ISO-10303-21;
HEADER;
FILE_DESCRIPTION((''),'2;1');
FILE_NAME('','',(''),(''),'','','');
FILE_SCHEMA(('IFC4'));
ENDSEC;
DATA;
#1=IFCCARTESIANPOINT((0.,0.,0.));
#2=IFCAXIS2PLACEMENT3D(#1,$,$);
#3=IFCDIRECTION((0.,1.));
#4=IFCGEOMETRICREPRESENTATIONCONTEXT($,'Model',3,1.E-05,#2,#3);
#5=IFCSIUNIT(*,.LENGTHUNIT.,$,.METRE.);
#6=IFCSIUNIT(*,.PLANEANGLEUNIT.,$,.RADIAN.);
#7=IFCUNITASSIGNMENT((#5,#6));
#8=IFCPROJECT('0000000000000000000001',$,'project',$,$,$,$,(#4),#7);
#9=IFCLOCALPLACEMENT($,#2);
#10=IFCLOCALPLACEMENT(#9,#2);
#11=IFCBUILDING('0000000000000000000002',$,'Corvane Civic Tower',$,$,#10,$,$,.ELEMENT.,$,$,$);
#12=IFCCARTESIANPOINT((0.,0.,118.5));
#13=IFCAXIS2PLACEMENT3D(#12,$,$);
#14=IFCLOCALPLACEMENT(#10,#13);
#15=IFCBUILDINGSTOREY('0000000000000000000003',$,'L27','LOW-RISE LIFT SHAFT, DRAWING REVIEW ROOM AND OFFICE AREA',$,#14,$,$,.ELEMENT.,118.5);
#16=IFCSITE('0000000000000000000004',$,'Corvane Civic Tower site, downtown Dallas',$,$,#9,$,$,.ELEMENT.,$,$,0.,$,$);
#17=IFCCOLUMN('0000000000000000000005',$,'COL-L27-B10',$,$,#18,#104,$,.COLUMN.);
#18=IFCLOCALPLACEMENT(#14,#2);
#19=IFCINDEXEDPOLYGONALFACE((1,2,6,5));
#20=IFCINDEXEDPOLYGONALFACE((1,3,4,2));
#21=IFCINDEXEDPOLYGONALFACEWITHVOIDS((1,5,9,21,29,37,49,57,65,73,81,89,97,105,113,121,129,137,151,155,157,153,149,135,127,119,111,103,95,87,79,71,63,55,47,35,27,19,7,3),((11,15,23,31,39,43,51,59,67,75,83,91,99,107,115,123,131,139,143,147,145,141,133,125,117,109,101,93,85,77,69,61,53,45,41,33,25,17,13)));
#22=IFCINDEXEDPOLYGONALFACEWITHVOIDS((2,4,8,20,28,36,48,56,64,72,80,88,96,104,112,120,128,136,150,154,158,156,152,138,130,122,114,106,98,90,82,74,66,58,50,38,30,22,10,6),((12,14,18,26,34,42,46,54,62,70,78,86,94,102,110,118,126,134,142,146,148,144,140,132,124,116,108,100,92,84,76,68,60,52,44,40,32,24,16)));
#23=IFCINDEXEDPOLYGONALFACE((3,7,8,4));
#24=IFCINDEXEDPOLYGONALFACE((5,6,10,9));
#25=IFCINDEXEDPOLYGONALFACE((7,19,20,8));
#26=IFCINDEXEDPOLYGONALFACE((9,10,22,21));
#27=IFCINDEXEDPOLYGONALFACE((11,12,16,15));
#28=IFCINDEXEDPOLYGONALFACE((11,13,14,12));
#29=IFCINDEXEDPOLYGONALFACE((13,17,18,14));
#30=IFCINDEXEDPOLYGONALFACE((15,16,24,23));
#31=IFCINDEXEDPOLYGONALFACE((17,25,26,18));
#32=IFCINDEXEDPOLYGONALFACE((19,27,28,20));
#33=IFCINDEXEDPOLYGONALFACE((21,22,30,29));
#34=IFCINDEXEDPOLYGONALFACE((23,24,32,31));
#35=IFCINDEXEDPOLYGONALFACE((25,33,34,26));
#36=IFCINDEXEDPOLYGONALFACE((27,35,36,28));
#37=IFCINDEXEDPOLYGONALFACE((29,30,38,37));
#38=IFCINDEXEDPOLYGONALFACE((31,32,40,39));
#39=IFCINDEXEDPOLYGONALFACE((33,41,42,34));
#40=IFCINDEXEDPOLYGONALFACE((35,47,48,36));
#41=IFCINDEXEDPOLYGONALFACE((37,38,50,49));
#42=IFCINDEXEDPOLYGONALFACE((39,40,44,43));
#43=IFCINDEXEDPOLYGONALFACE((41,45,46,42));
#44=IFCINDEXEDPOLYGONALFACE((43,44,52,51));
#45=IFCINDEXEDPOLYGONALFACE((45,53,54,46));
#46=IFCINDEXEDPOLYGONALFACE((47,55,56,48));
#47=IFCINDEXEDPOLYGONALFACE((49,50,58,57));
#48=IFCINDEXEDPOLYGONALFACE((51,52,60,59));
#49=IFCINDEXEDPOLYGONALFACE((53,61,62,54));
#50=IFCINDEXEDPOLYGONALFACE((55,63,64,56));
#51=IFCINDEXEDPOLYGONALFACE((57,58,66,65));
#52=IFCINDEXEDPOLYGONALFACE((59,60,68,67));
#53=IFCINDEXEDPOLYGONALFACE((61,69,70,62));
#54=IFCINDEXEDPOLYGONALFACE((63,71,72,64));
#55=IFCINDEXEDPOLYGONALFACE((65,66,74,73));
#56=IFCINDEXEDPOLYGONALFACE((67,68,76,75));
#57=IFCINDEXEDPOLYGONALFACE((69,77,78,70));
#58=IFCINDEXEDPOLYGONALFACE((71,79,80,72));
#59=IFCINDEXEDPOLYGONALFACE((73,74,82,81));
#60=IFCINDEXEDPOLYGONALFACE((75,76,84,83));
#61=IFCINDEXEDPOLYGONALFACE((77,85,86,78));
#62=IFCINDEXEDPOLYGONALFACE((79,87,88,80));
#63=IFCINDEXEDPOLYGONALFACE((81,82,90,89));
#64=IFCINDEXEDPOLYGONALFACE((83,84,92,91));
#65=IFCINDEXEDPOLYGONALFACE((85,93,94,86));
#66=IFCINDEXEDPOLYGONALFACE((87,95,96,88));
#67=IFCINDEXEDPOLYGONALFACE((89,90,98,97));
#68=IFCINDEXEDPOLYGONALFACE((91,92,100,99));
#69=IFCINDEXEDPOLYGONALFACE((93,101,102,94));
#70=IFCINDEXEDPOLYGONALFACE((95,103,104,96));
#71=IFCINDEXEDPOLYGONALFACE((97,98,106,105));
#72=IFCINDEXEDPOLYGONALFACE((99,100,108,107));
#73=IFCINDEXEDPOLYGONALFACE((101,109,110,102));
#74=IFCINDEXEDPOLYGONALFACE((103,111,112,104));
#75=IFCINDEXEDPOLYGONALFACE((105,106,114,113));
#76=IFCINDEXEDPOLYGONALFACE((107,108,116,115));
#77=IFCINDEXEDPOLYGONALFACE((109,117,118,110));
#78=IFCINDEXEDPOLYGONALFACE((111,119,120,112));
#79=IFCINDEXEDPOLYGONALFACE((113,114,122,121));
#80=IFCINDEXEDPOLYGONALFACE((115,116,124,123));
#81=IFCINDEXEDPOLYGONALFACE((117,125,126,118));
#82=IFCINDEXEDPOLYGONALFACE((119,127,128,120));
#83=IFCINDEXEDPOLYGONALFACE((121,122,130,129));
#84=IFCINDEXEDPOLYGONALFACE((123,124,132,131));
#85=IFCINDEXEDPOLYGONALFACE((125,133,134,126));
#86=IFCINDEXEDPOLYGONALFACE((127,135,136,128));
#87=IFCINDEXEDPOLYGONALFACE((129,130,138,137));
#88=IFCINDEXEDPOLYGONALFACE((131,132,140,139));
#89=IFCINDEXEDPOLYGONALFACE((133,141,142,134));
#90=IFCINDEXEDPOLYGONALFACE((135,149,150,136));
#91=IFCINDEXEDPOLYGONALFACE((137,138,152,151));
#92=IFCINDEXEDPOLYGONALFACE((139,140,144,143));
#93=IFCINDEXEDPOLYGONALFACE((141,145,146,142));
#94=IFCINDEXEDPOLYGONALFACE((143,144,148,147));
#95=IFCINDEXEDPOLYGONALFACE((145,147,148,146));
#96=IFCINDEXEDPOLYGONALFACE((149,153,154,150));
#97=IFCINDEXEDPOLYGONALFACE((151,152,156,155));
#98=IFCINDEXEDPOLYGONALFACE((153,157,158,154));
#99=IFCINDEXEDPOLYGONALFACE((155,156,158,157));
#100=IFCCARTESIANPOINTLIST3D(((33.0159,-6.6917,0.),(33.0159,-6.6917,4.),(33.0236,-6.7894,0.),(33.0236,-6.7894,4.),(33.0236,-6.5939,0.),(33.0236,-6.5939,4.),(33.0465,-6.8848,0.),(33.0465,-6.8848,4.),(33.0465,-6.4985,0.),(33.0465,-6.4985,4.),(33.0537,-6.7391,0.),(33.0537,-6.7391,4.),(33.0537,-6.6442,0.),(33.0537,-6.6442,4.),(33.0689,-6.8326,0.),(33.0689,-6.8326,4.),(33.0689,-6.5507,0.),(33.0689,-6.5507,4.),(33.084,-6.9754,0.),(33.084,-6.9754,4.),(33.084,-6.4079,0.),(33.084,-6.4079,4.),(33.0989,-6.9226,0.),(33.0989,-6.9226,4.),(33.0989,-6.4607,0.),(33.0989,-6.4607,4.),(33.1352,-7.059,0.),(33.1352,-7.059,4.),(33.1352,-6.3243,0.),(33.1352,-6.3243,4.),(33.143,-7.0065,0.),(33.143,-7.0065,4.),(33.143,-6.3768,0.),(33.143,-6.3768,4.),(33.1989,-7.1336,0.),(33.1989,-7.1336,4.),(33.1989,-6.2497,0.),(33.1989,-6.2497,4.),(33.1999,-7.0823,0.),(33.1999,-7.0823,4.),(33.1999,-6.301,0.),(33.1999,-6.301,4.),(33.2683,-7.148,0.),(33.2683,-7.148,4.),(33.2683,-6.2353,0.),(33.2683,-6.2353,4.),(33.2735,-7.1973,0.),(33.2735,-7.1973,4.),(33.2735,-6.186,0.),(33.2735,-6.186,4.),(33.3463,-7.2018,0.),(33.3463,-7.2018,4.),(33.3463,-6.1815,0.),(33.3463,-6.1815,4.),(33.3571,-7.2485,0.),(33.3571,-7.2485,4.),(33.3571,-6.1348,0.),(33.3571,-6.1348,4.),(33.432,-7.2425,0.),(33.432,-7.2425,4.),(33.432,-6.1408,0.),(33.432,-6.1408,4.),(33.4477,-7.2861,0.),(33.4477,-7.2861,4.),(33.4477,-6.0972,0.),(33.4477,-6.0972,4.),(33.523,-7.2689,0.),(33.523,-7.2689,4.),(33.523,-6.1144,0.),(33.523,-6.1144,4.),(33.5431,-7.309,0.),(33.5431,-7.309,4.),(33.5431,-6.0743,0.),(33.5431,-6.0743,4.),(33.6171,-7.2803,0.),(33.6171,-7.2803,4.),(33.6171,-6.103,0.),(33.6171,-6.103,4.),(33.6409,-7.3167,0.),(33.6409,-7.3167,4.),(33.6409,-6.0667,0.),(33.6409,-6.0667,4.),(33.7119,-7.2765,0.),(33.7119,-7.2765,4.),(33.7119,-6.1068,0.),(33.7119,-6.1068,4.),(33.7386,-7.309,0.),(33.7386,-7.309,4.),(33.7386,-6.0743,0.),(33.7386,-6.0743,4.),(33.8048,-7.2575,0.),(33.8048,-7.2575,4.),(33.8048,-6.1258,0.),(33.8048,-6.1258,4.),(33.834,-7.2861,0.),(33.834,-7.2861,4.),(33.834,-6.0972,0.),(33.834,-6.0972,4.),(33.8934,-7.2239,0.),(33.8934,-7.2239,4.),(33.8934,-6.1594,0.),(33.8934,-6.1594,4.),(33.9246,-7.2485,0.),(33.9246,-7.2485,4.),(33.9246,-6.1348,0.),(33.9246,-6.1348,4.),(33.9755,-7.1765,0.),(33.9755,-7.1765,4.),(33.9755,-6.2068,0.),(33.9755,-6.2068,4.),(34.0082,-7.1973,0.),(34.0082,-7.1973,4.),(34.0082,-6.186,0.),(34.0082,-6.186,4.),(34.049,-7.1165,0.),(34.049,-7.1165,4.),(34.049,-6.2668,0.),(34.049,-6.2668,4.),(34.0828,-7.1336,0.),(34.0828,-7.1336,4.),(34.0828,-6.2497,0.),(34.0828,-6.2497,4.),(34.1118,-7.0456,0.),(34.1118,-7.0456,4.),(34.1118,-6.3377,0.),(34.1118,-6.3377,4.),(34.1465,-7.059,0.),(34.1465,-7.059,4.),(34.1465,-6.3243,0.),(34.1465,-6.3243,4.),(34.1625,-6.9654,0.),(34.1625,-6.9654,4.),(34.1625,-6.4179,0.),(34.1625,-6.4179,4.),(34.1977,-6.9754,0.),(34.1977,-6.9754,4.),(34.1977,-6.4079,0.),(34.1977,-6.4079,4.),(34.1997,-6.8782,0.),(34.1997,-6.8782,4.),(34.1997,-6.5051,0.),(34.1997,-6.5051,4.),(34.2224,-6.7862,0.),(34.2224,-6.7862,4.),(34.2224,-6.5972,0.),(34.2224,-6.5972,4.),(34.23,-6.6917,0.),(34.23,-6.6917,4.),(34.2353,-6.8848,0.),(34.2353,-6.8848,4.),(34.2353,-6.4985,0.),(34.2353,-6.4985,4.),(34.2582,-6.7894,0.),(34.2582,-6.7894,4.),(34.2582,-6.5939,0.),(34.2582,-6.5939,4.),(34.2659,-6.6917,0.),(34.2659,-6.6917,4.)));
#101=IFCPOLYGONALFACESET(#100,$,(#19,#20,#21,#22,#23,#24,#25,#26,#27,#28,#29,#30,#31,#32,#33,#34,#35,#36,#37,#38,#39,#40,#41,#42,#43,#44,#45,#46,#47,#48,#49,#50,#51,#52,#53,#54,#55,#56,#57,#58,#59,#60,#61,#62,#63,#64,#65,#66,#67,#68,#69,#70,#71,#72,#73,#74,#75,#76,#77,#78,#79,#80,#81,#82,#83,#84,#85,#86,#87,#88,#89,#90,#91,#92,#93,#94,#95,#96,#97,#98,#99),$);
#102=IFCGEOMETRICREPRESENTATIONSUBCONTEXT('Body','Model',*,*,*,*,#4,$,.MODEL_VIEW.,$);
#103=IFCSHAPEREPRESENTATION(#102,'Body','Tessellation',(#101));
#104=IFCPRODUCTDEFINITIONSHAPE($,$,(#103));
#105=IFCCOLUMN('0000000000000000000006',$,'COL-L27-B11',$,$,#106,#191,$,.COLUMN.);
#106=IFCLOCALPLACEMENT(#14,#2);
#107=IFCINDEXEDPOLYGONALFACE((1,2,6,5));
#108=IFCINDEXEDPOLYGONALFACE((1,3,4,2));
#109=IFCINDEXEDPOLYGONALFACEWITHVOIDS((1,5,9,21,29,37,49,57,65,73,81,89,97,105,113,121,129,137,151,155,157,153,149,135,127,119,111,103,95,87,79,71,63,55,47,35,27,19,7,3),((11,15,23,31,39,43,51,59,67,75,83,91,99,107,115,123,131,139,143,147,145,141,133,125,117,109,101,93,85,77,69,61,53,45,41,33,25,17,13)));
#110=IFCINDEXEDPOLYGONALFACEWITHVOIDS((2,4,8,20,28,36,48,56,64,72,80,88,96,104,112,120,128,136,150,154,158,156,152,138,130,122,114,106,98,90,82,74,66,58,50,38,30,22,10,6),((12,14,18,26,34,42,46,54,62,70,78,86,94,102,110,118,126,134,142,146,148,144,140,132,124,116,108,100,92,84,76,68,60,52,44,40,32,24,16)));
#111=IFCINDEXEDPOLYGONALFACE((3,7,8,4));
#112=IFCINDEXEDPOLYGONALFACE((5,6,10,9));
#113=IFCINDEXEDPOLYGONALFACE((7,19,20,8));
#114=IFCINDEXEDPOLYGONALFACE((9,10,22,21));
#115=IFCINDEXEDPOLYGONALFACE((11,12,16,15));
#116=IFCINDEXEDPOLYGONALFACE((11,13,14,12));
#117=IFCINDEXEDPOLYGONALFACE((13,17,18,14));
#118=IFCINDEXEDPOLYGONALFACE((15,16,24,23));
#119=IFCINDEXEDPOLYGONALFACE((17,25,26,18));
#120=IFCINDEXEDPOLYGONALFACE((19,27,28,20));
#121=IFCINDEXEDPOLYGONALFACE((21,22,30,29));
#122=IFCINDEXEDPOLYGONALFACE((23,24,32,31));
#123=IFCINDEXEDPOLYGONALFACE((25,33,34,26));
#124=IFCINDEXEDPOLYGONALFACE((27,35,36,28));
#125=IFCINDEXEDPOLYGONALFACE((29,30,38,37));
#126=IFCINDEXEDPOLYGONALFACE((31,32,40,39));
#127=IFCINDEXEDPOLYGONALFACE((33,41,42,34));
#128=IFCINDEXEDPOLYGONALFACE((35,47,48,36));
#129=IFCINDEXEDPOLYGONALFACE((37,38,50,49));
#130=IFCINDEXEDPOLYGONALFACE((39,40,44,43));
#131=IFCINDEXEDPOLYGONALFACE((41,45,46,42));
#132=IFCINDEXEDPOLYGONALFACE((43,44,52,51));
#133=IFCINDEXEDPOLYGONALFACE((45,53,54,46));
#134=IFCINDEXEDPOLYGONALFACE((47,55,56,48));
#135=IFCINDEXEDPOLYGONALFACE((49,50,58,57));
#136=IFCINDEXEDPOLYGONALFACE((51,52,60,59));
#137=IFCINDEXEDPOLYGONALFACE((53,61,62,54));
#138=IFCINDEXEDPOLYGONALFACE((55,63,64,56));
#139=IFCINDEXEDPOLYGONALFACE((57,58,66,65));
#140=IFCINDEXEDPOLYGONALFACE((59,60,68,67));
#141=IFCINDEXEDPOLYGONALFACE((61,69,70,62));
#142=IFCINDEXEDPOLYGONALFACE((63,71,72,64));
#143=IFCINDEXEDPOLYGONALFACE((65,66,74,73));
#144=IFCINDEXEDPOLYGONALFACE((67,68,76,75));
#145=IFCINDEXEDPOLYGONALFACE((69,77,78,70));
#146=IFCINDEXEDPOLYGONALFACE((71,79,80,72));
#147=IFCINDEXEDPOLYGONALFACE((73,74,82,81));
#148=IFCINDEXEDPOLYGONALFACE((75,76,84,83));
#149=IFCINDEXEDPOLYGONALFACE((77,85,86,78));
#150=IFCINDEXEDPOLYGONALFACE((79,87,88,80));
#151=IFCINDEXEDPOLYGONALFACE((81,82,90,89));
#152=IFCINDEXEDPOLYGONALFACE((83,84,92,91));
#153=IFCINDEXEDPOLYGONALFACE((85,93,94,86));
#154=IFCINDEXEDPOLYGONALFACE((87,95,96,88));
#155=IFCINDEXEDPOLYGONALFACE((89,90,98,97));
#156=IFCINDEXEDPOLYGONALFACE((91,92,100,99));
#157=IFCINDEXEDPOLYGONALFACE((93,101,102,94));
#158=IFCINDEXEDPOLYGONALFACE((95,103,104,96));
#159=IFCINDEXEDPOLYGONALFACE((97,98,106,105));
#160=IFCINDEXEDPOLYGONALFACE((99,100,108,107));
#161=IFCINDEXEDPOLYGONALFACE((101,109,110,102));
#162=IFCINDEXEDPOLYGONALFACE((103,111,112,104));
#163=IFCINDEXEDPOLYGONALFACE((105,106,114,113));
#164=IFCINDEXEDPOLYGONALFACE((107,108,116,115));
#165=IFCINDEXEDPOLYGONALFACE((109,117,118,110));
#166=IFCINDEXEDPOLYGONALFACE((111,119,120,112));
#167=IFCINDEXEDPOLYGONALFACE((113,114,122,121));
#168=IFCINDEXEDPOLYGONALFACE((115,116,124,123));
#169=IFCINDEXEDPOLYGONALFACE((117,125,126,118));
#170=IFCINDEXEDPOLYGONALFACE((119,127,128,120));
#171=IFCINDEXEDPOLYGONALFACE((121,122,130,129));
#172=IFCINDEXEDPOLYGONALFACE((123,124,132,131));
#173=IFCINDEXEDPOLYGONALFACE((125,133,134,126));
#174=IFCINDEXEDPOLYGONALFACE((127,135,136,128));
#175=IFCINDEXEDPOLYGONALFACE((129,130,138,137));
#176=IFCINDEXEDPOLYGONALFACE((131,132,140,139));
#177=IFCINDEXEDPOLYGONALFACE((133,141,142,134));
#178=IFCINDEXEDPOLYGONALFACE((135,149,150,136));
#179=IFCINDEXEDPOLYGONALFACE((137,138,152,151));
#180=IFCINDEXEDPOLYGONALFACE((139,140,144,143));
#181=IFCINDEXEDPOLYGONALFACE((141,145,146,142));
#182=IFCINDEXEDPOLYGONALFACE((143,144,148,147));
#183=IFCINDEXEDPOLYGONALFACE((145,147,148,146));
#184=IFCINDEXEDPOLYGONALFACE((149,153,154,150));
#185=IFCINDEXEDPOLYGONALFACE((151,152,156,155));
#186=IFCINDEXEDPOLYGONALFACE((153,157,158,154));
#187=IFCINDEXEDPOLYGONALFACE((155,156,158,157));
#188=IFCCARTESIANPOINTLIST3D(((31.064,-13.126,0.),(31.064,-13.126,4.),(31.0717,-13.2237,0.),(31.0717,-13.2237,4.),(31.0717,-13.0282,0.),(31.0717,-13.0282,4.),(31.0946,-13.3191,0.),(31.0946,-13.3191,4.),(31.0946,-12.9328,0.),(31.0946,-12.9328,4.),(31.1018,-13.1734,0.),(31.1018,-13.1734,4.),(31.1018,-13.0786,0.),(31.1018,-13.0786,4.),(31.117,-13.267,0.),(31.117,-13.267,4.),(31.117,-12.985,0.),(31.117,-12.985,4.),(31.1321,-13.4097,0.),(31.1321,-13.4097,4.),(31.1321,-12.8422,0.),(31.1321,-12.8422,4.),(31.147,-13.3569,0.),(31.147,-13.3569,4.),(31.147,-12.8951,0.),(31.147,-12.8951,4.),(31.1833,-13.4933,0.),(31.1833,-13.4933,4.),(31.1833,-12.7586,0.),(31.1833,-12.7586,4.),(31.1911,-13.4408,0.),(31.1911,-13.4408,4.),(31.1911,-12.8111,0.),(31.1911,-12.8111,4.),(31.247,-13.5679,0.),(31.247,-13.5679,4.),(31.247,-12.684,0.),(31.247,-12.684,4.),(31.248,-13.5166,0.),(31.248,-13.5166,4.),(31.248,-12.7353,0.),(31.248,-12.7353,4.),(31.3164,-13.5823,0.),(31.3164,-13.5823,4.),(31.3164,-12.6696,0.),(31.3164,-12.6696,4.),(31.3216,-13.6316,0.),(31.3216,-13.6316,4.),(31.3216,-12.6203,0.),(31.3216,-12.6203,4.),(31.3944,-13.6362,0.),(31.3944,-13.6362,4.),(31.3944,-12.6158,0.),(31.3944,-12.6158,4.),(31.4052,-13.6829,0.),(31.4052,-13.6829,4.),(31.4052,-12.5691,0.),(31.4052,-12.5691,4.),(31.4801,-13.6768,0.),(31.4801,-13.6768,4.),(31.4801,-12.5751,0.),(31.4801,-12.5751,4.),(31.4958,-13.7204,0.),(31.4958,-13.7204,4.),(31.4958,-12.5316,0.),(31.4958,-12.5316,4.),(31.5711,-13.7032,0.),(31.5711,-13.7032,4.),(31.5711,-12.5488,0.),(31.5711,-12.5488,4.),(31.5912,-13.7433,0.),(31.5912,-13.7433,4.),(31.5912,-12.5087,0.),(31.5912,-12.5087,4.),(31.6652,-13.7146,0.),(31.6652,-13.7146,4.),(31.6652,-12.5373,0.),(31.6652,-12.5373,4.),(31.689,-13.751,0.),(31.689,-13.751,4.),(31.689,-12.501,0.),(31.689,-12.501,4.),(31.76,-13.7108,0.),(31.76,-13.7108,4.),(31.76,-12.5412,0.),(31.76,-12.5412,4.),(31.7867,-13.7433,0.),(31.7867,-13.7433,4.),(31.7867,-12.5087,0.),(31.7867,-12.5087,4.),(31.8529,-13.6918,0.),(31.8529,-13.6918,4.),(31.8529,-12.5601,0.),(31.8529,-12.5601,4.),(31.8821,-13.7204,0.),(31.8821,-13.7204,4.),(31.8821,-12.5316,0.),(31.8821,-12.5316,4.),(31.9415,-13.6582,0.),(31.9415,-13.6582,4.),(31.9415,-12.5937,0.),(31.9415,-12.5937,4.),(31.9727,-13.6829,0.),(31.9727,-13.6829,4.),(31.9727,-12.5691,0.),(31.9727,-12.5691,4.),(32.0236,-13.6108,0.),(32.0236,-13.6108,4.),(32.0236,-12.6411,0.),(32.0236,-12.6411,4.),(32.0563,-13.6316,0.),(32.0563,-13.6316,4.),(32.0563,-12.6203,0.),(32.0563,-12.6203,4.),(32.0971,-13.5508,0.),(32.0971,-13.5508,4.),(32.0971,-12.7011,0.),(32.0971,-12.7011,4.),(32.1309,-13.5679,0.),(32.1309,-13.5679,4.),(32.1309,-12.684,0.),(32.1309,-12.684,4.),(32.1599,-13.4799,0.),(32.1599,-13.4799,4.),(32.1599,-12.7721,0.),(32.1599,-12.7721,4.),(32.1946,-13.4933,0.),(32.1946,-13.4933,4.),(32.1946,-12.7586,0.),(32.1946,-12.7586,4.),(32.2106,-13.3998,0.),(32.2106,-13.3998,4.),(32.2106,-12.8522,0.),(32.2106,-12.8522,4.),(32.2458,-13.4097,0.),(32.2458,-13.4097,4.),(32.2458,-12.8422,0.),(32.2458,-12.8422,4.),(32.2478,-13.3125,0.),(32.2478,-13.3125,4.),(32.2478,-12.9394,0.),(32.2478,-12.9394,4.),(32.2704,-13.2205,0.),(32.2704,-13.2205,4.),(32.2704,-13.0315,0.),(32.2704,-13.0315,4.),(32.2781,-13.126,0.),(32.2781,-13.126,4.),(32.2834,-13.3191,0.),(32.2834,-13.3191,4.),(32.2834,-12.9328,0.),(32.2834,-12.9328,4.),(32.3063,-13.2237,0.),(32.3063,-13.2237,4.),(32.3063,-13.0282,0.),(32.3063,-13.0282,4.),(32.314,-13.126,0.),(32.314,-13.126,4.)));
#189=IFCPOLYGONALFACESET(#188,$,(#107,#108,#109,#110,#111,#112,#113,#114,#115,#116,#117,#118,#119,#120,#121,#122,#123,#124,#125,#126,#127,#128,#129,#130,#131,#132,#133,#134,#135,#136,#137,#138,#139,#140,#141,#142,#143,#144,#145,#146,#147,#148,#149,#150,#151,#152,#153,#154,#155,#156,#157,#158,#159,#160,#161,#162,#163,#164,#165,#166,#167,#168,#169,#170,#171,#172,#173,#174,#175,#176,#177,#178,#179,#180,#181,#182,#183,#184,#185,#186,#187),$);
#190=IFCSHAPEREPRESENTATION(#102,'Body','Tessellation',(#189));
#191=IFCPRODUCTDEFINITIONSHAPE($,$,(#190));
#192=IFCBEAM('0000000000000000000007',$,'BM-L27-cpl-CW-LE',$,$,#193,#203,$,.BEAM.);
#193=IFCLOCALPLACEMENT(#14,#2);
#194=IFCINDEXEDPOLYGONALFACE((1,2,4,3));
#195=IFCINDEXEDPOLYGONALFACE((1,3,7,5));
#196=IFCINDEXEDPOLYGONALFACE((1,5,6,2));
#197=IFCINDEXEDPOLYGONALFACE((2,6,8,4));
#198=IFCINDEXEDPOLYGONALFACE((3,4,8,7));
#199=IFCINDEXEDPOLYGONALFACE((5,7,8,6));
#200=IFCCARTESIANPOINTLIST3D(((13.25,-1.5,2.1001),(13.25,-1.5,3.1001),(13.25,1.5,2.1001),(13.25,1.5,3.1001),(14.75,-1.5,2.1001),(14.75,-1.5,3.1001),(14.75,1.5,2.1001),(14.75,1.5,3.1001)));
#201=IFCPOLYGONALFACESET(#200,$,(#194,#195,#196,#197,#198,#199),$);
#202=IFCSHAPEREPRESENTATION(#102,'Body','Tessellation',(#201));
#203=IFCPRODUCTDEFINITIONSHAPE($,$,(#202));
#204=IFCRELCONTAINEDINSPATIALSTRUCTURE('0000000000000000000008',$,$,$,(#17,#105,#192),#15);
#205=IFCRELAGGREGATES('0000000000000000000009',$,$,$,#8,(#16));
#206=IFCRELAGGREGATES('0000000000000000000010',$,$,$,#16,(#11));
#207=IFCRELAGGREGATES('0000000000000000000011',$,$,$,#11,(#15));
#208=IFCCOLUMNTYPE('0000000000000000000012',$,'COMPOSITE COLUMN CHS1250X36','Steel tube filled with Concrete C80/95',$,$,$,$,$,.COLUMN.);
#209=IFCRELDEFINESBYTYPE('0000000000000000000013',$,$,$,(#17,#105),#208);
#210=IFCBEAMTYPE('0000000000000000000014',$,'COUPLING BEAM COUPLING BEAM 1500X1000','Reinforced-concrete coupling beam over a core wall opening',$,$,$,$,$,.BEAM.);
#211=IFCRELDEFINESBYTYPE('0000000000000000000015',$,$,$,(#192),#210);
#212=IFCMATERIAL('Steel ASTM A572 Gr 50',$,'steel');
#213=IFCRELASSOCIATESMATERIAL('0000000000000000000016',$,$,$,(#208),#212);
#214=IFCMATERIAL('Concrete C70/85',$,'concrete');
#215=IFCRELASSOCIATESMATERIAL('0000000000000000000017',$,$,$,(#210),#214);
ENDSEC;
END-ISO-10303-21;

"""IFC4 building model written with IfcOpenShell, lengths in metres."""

from ifc_helpers import new_model, si_unit, direction, frame, origin, origin_2d, place, context, subcontext, project, spatial, rectangle, hollow_circle, extrude, material, material_profile, profile_set, type_object, element, save


model = new_model("IFC4")

# Units and contexts
model_context = context("Model", 3, precision=1e-05, world=origin(), true_north=direction((0.0, 1.0)))
body_context = subcontext(model_context, "Body", "Model", "MODEL_VIEW")
ifc_project = project(units=[si_unit("LENGTHUNIT", "METRE"), si_unit("PLANEANGLEUNIT", "RADIAN")], contexts=[model_context])

# Site, building, storey
site_placement = place(None, origin())
site = spatial("IfcSite", under=ifc_project, at=site_placement, Name="Corvane Civic Tower site, downtown Dallas", CompositionType="ELEMENT", RefElevation=0.0)
building_placement = place(site_placement, origin())
building = spatial("IfcBuilding", under=site, at=building_placement, Name="Corvane Civic Tower", CompositionType="ELEMENT")
storey_placement = place(building_placement, frame((0.0, 0.0, 118.5)))
storey = spatial("IfcBuildingStorey", under=building, at=storey_placement, Name="L27", Description="LOW-RISE LIFT SHAFT, DRAWING REVIEW ROOM AND OFFICE AREA", CompositionType="ELEMENT", Elevation=118.5)

# Columns
ifc_material_1 = material(Name="Steel ASTM A572 Gr 50", Category="steel")
ifc_material_profile_1 = material_profile(ifc_material_1, hollow_circle(Radius=0.625, WallThickness=0.0359, at=origin_2d()), Name="CHS1250X36")
ifc_profile_set_1 = profile_set([ifc_material_profile_1], Name="Steel ASTM A572 Gr 50")
column_type = type_object("IfcColumnType", Name="COMPOSITE COLUMN CHS1250X36", Description="Steel tube filled with Concrete C80/95", PredefinedType="COLUMN", material=ifc_profile_set_1)
for number, where, z_axis, x_axis, name in (
    (1, (33.6409, -6.6917, 0.0), (0.0, 0.0, 1.0), (1.0, 0.0, 0.0), "COL-L27-B10"),
    (2, (31.689, -13.126, 0.0), (0.0, 0.0, 1.0), (1.0, 0.0, 0.0), "COL-L27-B11"),
):
    element("IfcColumn", number, at=place(storey_placement, frame(where, z_axis=z_axis, x_axis=x_axis)), inside=storey, type_object=column_type, Name=name, PredefinedType="COLUMN", context=body_context, shape_type="SweptSolid", body=[
        extrude(hollow_circle(Radius=0.625, WallThickness=0.0359, at=origin_2d()), origin(), (0.0, 0.0, 1.0), 4.0),
    ])

# Beam
ifc_material_2 = material(Name="Concrete C70/85", Category="concrete")
ifc_material_profile_2 = material_profile(ifc_material_2, rectangle(XDim=1.5, YDim=1.0, at=origin_2d()), Name="COUPLING BEAM 1500X1000")
ifc_profile_set_2 = profile_set([ifc_material_profile_2], Name="Concrete C70/85")
beam_type_1 = type_object("IfcBeamType", Name="COUPLING BEAM COUPLING BEAM 1500X1000", Description="Reinforced-concrete coupling beam over a core wall opening", PredefinedType="BEAM", material=ifc_profile_set_2)
beam_1_placement = place(storey_placement, frame((14.0, -1.5, 2.6001), z_axis=(0.0, 1.0, 0.0), x_axis=(-1.0, 0.0, 0.0)))
element("IfcBeam", 3, at=beam_1_placement, inside=storey, type_object=beam_type_1, Name="BM-L27-cpl-CW-LE", PredefinedType="BEAM", context=body_context, shape_type="SweptSolid", body=[
    extrude(rectangle(XDim=1.5, YDim=1.0, at=origin_2d()), origin(), (0.0, 0.0, 1.0), 3.0),
])

save(model, "model.ifc")
